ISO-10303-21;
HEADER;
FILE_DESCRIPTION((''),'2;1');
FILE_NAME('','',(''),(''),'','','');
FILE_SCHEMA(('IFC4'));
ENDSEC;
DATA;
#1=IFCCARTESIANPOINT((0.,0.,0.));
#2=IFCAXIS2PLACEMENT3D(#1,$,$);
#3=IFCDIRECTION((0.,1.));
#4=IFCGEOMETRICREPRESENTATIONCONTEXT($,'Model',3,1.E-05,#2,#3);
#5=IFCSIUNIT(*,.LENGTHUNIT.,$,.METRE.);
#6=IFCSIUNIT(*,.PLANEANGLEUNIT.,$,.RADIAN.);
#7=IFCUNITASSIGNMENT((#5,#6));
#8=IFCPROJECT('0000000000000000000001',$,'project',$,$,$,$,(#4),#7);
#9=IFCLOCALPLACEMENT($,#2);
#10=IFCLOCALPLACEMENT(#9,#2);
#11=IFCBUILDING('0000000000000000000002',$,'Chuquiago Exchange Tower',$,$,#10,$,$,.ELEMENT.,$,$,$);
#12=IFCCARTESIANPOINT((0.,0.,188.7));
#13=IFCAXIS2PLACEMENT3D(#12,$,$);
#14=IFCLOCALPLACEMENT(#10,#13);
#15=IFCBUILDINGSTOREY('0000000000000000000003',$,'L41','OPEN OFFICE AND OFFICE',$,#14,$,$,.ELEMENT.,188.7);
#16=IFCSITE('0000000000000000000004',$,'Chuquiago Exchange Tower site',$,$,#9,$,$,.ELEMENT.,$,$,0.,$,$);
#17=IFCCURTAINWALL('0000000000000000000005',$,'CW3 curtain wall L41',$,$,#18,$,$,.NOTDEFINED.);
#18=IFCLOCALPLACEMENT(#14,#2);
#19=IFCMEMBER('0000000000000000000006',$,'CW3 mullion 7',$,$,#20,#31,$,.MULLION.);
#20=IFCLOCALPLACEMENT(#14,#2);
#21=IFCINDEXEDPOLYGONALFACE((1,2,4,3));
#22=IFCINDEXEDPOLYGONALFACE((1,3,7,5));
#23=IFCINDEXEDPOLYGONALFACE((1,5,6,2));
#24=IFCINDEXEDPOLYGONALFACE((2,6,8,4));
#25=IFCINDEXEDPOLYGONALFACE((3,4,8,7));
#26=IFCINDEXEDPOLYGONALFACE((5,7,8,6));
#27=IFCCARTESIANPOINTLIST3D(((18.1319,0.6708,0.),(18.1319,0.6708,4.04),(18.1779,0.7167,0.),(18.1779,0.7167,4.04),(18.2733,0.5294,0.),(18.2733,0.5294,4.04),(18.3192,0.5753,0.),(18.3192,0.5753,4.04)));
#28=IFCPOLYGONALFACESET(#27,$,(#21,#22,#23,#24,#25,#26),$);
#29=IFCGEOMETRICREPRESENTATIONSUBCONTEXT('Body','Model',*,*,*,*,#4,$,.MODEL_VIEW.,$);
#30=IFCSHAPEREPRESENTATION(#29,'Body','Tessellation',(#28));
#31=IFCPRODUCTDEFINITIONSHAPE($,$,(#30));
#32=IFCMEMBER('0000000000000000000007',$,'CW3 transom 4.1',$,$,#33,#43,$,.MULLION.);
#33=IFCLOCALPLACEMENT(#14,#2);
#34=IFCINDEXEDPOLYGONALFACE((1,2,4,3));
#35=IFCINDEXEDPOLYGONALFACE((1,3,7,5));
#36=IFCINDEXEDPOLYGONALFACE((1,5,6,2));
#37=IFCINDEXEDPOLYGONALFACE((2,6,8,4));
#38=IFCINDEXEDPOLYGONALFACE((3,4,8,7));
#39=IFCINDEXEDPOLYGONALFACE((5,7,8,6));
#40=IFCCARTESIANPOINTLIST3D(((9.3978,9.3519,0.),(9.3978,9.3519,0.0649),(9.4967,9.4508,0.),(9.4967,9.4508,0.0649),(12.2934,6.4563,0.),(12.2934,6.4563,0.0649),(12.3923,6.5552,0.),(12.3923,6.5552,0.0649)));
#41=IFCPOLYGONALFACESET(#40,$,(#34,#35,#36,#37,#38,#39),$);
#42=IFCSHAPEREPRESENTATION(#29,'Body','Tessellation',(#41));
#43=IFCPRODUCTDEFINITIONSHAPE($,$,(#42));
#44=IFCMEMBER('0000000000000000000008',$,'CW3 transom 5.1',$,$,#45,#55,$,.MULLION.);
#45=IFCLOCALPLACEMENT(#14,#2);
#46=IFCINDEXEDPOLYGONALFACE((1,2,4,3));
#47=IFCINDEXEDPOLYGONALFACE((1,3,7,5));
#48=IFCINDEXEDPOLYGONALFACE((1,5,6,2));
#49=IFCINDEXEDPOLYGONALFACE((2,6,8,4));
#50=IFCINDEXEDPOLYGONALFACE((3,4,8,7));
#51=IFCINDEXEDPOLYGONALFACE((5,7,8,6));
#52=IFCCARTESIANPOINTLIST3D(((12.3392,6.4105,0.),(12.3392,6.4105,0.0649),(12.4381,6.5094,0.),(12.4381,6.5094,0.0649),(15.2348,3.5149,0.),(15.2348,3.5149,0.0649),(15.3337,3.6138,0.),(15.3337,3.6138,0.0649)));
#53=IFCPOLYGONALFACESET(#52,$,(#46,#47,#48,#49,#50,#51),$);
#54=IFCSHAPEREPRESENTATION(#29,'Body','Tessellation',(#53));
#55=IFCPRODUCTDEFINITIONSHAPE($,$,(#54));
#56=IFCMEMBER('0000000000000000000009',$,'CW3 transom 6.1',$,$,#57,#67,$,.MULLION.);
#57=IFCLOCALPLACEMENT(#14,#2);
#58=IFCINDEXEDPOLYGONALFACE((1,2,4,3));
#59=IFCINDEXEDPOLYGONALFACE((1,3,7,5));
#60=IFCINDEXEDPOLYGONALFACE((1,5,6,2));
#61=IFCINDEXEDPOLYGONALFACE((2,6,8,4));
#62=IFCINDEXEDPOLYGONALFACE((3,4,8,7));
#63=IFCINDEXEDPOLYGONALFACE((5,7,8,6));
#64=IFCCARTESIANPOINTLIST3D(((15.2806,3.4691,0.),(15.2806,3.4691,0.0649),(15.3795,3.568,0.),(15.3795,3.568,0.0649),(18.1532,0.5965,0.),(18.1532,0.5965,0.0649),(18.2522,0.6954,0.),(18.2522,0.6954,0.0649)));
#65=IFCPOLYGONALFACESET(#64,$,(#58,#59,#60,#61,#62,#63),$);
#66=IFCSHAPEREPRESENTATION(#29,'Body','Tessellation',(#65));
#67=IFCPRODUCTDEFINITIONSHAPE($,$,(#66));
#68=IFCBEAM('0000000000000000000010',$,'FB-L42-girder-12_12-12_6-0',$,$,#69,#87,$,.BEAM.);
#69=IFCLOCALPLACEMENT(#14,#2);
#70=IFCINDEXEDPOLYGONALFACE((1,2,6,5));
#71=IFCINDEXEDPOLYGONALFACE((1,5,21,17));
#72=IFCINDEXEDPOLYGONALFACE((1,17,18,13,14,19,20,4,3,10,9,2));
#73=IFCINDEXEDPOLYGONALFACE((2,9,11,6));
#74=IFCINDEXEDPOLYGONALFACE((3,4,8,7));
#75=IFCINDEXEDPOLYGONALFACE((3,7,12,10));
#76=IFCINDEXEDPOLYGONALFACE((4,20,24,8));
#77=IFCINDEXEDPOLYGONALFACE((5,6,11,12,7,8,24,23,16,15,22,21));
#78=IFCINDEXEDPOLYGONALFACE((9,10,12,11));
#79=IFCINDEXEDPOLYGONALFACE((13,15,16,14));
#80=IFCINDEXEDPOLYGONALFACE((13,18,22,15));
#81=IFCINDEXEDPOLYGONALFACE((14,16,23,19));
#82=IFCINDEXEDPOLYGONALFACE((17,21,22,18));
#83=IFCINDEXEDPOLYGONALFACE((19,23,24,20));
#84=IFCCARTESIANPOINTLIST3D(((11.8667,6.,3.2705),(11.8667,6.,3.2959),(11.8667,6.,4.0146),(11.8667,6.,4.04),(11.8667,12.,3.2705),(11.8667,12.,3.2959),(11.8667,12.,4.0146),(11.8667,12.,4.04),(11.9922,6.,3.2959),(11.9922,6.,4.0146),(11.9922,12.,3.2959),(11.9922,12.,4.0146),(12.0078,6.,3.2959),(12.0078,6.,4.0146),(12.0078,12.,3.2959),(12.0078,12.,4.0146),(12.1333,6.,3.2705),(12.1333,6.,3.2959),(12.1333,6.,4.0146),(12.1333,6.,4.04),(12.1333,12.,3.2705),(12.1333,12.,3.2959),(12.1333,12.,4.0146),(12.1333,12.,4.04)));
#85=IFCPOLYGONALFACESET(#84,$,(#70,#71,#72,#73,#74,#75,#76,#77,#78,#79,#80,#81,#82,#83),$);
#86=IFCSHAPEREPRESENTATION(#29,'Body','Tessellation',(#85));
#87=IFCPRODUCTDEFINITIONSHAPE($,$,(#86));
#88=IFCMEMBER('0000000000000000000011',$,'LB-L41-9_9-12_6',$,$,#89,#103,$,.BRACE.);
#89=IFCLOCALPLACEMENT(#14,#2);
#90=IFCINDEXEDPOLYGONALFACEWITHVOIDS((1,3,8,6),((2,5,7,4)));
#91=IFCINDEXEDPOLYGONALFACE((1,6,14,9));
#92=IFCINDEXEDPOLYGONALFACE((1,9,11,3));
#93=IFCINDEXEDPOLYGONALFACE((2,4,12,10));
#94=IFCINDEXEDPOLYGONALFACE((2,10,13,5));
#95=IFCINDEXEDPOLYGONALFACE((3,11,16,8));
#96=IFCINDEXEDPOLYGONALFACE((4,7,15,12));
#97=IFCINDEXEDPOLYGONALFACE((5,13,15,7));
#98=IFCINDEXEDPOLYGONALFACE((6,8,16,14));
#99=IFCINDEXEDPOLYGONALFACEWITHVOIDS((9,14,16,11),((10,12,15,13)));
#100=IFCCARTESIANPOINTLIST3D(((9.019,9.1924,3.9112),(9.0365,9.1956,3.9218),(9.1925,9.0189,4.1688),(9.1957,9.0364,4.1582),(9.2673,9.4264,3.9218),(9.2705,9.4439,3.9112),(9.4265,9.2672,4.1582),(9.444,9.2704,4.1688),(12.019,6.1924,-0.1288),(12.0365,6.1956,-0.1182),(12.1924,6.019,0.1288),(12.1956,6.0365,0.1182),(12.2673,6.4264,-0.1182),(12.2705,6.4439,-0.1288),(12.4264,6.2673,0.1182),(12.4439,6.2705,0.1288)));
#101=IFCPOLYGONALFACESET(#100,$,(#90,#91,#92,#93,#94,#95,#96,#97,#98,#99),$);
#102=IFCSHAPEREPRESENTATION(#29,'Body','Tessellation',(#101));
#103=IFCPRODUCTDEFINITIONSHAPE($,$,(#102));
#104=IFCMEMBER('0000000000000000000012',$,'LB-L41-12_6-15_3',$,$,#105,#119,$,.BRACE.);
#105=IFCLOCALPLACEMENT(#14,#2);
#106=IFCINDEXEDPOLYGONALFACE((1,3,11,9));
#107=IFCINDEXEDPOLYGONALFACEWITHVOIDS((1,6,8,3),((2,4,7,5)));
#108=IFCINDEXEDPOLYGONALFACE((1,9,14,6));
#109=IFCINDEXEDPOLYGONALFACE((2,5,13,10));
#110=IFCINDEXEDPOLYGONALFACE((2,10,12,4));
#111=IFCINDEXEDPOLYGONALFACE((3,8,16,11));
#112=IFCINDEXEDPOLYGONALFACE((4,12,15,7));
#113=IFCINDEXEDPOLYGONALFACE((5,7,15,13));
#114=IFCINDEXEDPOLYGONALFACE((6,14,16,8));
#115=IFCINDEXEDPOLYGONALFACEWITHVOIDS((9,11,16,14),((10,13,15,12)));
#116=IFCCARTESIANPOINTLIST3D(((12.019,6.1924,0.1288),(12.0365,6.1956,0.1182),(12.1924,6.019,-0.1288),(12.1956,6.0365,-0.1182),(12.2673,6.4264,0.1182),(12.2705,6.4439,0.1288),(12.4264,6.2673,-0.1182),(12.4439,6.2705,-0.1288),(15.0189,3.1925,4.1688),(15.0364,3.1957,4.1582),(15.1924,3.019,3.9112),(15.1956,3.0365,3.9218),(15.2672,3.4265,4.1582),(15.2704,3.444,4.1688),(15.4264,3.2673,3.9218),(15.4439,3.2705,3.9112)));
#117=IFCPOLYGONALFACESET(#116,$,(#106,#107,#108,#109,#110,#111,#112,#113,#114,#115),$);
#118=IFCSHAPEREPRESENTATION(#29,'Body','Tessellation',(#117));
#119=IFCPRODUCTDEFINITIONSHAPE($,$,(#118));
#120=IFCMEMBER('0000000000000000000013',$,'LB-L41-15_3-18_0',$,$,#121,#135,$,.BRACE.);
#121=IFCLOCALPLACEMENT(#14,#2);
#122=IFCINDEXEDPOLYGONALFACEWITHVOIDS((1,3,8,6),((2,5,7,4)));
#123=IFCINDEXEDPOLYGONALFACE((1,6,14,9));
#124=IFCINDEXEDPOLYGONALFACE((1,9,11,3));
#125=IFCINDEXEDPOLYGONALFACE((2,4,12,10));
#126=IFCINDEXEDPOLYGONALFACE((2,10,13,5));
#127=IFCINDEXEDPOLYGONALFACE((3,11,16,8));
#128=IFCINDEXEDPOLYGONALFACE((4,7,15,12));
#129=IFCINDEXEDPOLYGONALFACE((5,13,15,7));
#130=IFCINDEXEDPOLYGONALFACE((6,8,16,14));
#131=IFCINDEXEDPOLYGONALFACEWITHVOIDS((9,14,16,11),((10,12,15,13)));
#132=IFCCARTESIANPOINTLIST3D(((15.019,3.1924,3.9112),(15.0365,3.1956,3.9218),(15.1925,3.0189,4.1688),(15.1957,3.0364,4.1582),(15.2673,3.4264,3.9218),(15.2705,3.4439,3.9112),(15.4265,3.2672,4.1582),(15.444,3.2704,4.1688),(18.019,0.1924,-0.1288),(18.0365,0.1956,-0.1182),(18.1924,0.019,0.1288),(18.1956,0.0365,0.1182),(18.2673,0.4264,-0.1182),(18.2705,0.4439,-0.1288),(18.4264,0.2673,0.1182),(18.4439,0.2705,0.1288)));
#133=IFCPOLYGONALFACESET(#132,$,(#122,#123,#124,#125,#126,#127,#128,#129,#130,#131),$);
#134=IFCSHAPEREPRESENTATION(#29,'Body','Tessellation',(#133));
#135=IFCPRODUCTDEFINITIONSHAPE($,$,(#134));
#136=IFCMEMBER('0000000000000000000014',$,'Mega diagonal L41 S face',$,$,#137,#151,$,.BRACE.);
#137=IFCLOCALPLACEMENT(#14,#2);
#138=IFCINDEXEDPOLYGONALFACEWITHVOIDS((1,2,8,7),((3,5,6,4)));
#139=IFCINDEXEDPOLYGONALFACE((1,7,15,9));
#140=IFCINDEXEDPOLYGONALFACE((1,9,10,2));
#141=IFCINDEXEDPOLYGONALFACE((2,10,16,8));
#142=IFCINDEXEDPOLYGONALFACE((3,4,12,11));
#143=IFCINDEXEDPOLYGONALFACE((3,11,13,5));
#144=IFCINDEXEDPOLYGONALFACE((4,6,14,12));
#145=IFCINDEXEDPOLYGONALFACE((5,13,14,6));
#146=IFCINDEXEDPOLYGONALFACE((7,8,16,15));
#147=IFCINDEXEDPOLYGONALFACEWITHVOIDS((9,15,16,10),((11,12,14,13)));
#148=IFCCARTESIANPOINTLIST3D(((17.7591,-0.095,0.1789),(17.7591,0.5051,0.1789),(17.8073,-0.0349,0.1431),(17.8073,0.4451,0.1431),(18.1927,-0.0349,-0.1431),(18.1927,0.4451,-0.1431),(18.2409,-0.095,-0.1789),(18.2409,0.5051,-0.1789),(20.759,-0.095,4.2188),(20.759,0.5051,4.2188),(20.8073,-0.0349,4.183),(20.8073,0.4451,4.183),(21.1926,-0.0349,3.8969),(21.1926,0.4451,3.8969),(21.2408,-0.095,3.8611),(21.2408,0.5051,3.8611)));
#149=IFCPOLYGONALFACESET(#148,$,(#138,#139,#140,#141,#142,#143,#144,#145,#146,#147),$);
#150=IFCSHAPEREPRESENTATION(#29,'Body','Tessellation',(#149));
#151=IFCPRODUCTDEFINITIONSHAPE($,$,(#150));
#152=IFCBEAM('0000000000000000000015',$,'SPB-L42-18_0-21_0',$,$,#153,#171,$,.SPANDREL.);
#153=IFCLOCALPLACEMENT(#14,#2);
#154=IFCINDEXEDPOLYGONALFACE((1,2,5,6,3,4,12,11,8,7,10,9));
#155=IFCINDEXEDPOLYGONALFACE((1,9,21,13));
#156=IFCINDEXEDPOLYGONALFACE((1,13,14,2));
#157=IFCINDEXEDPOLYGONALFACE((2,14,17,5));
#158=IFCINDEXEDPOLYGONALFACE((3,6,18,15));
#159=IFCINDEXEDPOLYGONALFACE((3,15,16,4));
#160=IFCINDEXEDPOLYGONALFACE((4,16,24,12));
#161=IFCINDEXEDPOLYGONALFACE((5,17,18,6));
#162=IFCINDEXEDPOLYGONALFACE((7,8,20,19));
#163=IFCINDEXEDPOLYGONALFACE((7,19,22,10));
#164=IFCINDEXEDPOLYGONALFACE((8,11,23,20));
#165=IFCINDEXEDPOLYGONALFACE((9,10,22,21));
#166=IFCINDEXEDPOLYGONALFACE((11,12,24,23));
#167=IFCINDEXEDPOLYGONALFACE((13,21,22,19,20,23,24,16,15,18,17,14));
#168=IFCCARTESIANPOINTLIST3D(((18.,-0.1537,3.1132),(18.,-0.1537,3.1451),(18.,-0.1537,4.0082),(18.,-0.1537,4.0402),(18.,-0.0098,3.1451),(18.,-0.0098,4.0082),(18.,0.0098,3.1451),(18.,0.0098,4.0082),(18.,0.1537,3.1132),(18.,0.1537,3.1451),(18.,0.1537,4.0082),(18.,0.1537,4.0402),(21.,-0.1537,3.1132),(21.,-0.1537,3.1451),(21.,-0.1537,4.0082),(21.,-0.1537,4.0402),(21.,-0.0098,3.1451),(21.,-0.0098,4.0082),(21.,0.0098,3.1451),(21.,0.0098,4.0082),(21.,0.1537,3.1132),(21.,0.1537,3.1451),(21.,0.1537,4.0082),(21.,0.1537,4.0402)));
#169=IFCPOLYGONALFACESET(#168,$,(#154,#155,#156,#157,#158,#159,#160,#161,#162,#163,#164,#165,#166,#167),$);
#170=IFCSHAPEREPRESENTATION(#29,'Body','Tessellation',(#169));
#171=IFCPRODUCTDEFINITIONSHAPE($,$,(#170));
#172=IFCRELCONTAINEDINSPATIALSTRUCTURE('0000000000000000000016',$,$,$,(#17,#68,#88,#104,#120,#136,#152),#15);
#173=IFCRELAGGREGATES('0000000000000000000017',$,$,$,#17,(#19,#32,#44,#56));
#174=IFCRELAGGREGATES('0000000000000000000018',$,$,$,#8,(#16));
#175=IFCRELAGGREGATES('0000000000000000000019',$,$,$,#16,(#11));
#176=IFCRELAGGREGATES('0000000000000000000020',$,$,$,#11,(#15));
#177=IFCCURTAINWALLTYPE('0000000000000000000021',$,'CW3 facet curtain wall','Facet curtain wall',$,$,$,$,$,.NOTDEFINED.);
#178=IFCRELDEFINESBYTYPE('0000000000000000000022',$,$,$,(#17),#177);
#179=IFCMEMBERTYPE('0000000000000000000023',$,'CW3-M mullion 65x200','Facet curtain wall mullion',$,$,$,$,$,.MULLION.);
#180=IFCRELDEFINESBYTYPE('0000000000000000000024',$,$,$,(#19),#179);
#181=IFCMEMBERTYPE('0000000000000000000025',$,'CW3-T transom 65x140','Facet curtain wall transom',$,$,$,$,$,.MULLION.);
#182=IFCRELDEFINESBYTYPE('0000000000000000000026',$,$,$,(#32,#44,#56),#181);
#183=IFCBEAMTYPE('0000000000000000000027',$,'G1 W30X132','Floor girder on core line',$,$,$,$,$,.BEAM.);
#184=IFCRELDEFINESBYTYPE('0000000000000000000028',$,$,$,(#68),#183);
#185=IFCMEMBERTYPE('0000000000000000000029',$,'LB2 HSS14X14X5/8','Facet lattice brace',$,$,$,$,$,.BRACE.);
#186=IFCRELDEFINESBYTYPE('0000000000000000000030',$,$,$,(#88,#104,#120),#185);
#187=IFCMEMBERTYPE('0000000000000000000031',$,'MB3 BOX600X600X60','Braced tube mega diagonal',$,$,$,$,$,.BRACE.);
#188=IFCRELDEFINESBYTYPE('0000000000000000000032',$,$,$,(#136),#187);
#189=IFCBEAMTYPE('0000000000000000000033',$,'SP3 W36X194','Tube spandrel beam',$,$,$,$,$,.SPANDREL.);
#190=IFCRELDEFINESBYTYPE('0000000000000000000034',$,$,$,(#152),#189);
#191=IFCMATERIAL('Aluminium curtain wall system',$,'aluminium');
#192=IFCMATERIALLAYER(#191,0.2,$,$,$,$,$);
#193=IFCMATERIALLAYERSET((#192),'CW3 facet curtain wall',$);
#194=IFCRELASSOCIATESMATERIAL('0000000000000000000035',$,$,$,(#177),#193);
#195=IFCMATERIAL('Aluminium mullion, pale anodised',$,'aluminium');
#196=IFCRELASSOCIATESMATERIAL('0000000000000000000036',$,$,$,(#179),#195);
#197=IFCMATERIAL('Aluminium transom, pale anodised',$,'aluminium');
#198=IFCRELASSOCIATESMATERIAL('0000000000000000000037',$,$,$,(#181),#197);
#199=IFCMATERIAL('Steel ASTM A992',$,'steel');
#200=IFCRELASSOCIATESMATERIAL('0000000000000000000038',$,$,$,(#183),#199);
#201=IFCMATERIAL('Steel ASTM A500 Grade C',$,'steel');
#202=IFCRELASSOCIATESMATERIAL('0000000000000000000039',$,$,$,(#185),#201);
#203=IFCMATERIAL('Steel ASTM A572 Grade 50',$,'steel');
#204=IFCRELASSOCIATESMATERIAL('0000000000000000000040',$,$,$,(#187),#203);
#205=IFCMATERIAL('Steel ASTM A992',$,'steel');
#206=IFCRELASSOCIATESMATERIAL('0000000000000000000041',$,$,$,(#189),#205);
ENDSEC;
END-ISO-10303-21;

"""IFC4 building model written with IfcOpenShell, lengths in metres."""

from ifc_helpers import new_model, si_unit, direction, frame, origin, origin_2d, place, context, subcontext, project, spatial, rectangle, hollow_rectangle, i_section, extrude, material, layer, layer_set, material_profile, profile_set, type_object, element, aggregate, save


model = new_model("IFC4")

# Units and contexts
model_context = context("Model", 3, precision=1e-05, world=origin(), true_north=direction((0.0, 1.0)))
body_context = subcontext(model_context, "Body", "Model", "MODEL_VIEW")
ifc_project = project(units=[si_unit("LENGTHUNIT", "METRE"), si_unit("PLANEANGLEUNIT", "RADIAN")], contexts=[model_context])

# Site, building, storey
site_placement = place(None, origin())
site = spatial("IfcSite", under=ifc_project, at=site_placement, Name="Chuquiago Exchange Tower site", CompositionType="ELEMENT", RefElevation=0.0)
building_placement = place(site_placement, origin())
building = spatial("IfcBuilding", under=site, at=building_placement, Name="Chuquiago Exchange Tower", CompositionType="ELEMENT")
storey_placement = place(building_placement, frame((0.0, 0.0, 188.7)))
storey = spatial("IfcBuildingStorey", under=building, at=storey_placement, Name="L41", Description="OPEN OFFICE AND OFFICE", CompositionType="ELEMENT", Elevation=188.7)

# Curtain wall, members
ifc_material_1 = material(Name="Aluminium curtain wall system", Category="aluminium")
ifc_layer_1 = layer(ifc_material_1, 0.2)
ifc_layer_set_1 = layer_set([ifc_layer_1], Name="CW3 facet curtain wall")
curtain_wall_type = type_object("IfcCurtainWallType", Name="CW3 facet curtain wall", Description="Facet curtain wall", PredefinedType="NOTDEFINED", material=ifc_layer_set_1)
curtain_wall_placement = place(storey_placement, origin())
curtain_wall = element("IfcCurtainWall", 1, at=curtain_wall_placement, inside=storey, type_object=curtain_wall_type, Name="CW3 curtain wall L41", PredefinedType="NOTDEFINED")
ifc_material_2 = material(Name="Aluminium mullion, pale anodised", Category="aluminium")
ifc_material_profile_1 = material_profile(ifc_material_2, rectangle(XDim=0.0649, YDim=0.2, at=origin_2d()), Name="AL 65x200")
ifc_profile_set_1 = profile_set([ifc_material_profile_1], Name="Aluminium mullion, pale anodised")
member_type_1 = type_object("IfcMemberType", Name="CW3-M mullion 65x200", Description="Facet curtain wall mullion", PredefinedType="MULLION", material=ifc_profile_set_1)
member_1_placement = place(storey_placement, frame((18.2256, 0.623, 0.0), z_axis=(0.0, 0.0, 1.0), x_axis=(0.707107, 0.707107, 0.0)))
member_1 = element("IfcMember", 2, at=member_1_placement, type_object=member_type_1, Name="CW3 mullion 7", PredefinedType="MULLION", context=body_context, shape_type="SweptSolid", body=[
    extrude(rectangle(XDim=0.0649, YDim=0.2, at=origin_2d()), origin(), (0.0, 0.0, 1.0), 4.04),
])
ifc_material_3 = material(Name="Aluminium transom, pale anodised", Category="aluminium")
ifc_material_profile_2 = material_profile(ifc_material_3, rectangle(XDim=0.1399, YDim=0.0649, at=origin_2d()), Name="AL 140x65")
ifc_profile_set_2 = profile_set([ifc_material_profile_2], Name="Aluminium transom, pale anodised")
member_type_2 = type_object("IfcMemberType", Name="CW3-T transom 65x140", Description="Facet curtain wall transom", PredefinedType="MULLION", material=ifc_profile_set_2)
member_2_placement = place(storey_placement, frame((9.4473, 9.4014, 0.0325), z_axis=(0.707107, -0.707107, 0.0), x_axis=(0.707107, 0.707107, 0.0)))
member_2 = element("IfcMember", 3, at=member_2_placement, type_object=member_type_2, Name="CW3 transom 4.1", PredefinedType="MULLION", context=body_context, shape_type="SweptSolid", body=[
    extrude(rectangle(XDim=0.1399, YDim=0.0649, at=origin_2d()), origin(), (0.0, 0.0, 1.0), 4.095),
])
member_3_placement = place(storey_placement, frame((12.3887, 6.46, 0.0325), z_axis=(0.707107, -0.707107, 0.0), x_axis=(0.707107, 0.707107, 0.0)))
member_3 = element("IfcMember", 4, at=member_3_placement, type_object=member_type_2, Name="CW3 transom 5.1", PredefinedType="MULLION", context=body_context, shape_type="SweptSolid", body=[
    extrude(rectangle(XDim=0.1399, YDim=0.0649, at=origin_2d()), origin(), (0.0, 0.0, 1.0), 4.095),
])
member_4_placement = place(storey_placement, frame((15.3301, 3.5186, 0.0325), z_axis=(0.707107, -0.707107, 0.0), x_axis=(0.707107, 0.707107, 0.0)))
member_4 = element("IfcMember", 5, at=member_4_placement, type_object=member_type_2, Name="CW3 transom 6.1", PredefinedType="MULLION", context=body_context, shape_type="SweptSolid", body=[
    extrude(rectangle(XDim=0.1399, YDim=0.0649, at=origin_2d()), origin(), (0.0, 0.0, 1.0), 4.0625),
])

# Beam
ifc_material_4 = material(Name="Steel ASTM A992", Category="steel")
ifc_material_profile_3 = material_profile(ifc_material_4, i_section(OverallWidth=0.2666, OverallDepth=0.7695, WebThickness=0.0156, FlangeThickness=0.0254, at=origin_2d()), Name="W30X132")
ifc_profile_set_3 = profile_set([ifc_material_profile_3], Name="Steel ASTM A992")
beam_type_1 = type_object("IfcBeamType", Name="G1 W30X132", Description="Floor girder on core line", PredefinedType="BEAM", material=ifc_profile_set_3)
beam_1_placement = place(storey_placement, frame((12.0, 12.0, 3.6553), z_axis=(0.0, -1.0, 0.0), x_axis=(1.0, 0.0, 0.0)))
element("IfcBeam", 6, at=beam_1_placement, inside=storey, type_object=beam_type_1, Name="FB-L42-girder-12_12-12_6-0", PredefinedType="BEAM", context=body_context, shape_type="SweptSolid", body=[
    extrude(i_section(OverallWidth=0.2666, OverallDepth=0.7695, WebThickness=0.0156, FlangeThickness=0.0254, at=origin_2d()), origin(), (0.0, 0.0, 1.0), 6.0),
])

# Members
ifc_material_5 = material(Name="Steel ASTM A500 Grade C", Category="steel")
ifc_material_profile_4 = material_profile(ifc_material_5, hollow_rectangle(XDim=0.3557, YDim=0.3557, WallThickness=0.0146, at=origin_2d()), Name="HSS14X14X5/8")
ifc_profile_set_4 = profile_set([ifc_material_profile_4], Name="Steel ASTM A500 Grade C")
member_type_3 = type_object("IfcMemberType", Name="LB2 HSS14X14X5/8", Description="Facet lattice brace", PredefinedType="BRACE", material=ifc_profile_set_4)
for number, where, z_axis, x_axis, name in (
    (7, (12.2314, 6.2314, 0.0), (-0.512077, 0.512077, 0.689604), (-0.707107, -0.707107, 0.0), "LB-L41-9_9-12_6"),
    (8, (12.2314, 6.2314, 0.0), (0.512077, -0.512077, 0.689604), (0.707107, 0.707107, 0.0), "LB-L41-12_6-15_3"),
    (9, (18.2314, 0.2314, 0.0), (-0.512077, 0.512077, 0.689604), (-0.707107, -0.707107, 0.0), "LB-L41-15_3-18_0"),
):
    element("IfcMember", number, at=place(storey_placement, frame(where, z_axis=z_axis, x_axis=x_axis)), inside=storey, type_object=member_type_3, Name=name, PredefinedType="BRACE", context=body_context, shape_type="SweptSolid", body=[
        extrude(hollow_rectangle(XDim=0.3557, YDim=0.3557, WallThickness=0.0146, at=origin_2d()), origin(), (0.0, 0.0, 1.0), 5.8584),
    ])
ifc_material_6 = material(Name="Steel ASTM A572 Grade 50", Category="steel")
ifc_material_profile_5 = material_profile(ifc_material_6, hollow_rectangle(XDim=0.6001, YDim=0.6001, WallThickness=0.0601, at=origin_2d()), Name="BOX600X600X60")
ifc_profile_set_5 = profile_set([ifc_material_profile_5], Name="Steel ASTM A572 Grade 50")
member_type_4 = type_object("IfcMemberType", Name="MB3 BOX600X600X60", Description="Braced tube mega diagonal", PredefinedType="BRACE", material=ifc_profile_set_5)
member_5_placement = place(storey_placement, frame((18.0, 0.2051, 0.0), z_axis=(0.596174, 0.0, 0.802855), x_axis=(0.0, 1.0, 0.0)))
element("IfcMember", 10, at=member_5_placement, inside=storey, type_object=member_type_4, Name="Mega diagonal L41 S face", PredefinedType="BRACE", context=body_context, shape_type="SweptSolid", body=[
    extrude(hollow_rectangle(XDim=0.6001, YDim=0.6001, WallThickness=0.0601, at=origin_2d()), origin(), (0.0, 0.0, 1.0), 5.032),
])

# Beam
ifc_material_7 = material(Name="Steel ASTM A992", Category="steel")
ifc_material_profile_6 = material_profile(ifc_material_7, i_section(OverallWidth=0.3074, OverallDepth=0.927, WebThickness=0.0195, FlangeThickness=0.032, at=origin_2d()), Name="W36X194")
ifc_profile_set_6 = profile_set([ifc_material_profile_6], Name="Steel ASTM A992")
beam_type_2 = type_object("IfcBeamType", Name="SP3 W36X194", Description="Tube spandrel beam", PredefinedType="SPANDREL", material=ifc_profile_set_6)
beam_2_placement = place(storey_placement, frame((18.0, 0.0, 3.5767), z_axis=(1.0, 0.0, 0.0), x_axis=(0.0, 1.0, 0.0)))
element("IfcBeam", 11, at=beam_2_placement, inside=storey, type_object=beam_type_2, Name="SPB-L42-18_0-21_0", PredefinedType="SPANDREL", context=body_context, shape_type="SweptSolid", body=[
    extrude(i_section(OverallWidth=0.3074, OverallDepth=0.927, WebThickness=0.0195, FlangeThickness=0.032, at=origin_2d()), origin(), (0.0, 0.0, 1.0), 3.0),
])

aggregate(curtain_wall, [member_1, member_2, member_3, member_4])

save(model, "model.ifc")
